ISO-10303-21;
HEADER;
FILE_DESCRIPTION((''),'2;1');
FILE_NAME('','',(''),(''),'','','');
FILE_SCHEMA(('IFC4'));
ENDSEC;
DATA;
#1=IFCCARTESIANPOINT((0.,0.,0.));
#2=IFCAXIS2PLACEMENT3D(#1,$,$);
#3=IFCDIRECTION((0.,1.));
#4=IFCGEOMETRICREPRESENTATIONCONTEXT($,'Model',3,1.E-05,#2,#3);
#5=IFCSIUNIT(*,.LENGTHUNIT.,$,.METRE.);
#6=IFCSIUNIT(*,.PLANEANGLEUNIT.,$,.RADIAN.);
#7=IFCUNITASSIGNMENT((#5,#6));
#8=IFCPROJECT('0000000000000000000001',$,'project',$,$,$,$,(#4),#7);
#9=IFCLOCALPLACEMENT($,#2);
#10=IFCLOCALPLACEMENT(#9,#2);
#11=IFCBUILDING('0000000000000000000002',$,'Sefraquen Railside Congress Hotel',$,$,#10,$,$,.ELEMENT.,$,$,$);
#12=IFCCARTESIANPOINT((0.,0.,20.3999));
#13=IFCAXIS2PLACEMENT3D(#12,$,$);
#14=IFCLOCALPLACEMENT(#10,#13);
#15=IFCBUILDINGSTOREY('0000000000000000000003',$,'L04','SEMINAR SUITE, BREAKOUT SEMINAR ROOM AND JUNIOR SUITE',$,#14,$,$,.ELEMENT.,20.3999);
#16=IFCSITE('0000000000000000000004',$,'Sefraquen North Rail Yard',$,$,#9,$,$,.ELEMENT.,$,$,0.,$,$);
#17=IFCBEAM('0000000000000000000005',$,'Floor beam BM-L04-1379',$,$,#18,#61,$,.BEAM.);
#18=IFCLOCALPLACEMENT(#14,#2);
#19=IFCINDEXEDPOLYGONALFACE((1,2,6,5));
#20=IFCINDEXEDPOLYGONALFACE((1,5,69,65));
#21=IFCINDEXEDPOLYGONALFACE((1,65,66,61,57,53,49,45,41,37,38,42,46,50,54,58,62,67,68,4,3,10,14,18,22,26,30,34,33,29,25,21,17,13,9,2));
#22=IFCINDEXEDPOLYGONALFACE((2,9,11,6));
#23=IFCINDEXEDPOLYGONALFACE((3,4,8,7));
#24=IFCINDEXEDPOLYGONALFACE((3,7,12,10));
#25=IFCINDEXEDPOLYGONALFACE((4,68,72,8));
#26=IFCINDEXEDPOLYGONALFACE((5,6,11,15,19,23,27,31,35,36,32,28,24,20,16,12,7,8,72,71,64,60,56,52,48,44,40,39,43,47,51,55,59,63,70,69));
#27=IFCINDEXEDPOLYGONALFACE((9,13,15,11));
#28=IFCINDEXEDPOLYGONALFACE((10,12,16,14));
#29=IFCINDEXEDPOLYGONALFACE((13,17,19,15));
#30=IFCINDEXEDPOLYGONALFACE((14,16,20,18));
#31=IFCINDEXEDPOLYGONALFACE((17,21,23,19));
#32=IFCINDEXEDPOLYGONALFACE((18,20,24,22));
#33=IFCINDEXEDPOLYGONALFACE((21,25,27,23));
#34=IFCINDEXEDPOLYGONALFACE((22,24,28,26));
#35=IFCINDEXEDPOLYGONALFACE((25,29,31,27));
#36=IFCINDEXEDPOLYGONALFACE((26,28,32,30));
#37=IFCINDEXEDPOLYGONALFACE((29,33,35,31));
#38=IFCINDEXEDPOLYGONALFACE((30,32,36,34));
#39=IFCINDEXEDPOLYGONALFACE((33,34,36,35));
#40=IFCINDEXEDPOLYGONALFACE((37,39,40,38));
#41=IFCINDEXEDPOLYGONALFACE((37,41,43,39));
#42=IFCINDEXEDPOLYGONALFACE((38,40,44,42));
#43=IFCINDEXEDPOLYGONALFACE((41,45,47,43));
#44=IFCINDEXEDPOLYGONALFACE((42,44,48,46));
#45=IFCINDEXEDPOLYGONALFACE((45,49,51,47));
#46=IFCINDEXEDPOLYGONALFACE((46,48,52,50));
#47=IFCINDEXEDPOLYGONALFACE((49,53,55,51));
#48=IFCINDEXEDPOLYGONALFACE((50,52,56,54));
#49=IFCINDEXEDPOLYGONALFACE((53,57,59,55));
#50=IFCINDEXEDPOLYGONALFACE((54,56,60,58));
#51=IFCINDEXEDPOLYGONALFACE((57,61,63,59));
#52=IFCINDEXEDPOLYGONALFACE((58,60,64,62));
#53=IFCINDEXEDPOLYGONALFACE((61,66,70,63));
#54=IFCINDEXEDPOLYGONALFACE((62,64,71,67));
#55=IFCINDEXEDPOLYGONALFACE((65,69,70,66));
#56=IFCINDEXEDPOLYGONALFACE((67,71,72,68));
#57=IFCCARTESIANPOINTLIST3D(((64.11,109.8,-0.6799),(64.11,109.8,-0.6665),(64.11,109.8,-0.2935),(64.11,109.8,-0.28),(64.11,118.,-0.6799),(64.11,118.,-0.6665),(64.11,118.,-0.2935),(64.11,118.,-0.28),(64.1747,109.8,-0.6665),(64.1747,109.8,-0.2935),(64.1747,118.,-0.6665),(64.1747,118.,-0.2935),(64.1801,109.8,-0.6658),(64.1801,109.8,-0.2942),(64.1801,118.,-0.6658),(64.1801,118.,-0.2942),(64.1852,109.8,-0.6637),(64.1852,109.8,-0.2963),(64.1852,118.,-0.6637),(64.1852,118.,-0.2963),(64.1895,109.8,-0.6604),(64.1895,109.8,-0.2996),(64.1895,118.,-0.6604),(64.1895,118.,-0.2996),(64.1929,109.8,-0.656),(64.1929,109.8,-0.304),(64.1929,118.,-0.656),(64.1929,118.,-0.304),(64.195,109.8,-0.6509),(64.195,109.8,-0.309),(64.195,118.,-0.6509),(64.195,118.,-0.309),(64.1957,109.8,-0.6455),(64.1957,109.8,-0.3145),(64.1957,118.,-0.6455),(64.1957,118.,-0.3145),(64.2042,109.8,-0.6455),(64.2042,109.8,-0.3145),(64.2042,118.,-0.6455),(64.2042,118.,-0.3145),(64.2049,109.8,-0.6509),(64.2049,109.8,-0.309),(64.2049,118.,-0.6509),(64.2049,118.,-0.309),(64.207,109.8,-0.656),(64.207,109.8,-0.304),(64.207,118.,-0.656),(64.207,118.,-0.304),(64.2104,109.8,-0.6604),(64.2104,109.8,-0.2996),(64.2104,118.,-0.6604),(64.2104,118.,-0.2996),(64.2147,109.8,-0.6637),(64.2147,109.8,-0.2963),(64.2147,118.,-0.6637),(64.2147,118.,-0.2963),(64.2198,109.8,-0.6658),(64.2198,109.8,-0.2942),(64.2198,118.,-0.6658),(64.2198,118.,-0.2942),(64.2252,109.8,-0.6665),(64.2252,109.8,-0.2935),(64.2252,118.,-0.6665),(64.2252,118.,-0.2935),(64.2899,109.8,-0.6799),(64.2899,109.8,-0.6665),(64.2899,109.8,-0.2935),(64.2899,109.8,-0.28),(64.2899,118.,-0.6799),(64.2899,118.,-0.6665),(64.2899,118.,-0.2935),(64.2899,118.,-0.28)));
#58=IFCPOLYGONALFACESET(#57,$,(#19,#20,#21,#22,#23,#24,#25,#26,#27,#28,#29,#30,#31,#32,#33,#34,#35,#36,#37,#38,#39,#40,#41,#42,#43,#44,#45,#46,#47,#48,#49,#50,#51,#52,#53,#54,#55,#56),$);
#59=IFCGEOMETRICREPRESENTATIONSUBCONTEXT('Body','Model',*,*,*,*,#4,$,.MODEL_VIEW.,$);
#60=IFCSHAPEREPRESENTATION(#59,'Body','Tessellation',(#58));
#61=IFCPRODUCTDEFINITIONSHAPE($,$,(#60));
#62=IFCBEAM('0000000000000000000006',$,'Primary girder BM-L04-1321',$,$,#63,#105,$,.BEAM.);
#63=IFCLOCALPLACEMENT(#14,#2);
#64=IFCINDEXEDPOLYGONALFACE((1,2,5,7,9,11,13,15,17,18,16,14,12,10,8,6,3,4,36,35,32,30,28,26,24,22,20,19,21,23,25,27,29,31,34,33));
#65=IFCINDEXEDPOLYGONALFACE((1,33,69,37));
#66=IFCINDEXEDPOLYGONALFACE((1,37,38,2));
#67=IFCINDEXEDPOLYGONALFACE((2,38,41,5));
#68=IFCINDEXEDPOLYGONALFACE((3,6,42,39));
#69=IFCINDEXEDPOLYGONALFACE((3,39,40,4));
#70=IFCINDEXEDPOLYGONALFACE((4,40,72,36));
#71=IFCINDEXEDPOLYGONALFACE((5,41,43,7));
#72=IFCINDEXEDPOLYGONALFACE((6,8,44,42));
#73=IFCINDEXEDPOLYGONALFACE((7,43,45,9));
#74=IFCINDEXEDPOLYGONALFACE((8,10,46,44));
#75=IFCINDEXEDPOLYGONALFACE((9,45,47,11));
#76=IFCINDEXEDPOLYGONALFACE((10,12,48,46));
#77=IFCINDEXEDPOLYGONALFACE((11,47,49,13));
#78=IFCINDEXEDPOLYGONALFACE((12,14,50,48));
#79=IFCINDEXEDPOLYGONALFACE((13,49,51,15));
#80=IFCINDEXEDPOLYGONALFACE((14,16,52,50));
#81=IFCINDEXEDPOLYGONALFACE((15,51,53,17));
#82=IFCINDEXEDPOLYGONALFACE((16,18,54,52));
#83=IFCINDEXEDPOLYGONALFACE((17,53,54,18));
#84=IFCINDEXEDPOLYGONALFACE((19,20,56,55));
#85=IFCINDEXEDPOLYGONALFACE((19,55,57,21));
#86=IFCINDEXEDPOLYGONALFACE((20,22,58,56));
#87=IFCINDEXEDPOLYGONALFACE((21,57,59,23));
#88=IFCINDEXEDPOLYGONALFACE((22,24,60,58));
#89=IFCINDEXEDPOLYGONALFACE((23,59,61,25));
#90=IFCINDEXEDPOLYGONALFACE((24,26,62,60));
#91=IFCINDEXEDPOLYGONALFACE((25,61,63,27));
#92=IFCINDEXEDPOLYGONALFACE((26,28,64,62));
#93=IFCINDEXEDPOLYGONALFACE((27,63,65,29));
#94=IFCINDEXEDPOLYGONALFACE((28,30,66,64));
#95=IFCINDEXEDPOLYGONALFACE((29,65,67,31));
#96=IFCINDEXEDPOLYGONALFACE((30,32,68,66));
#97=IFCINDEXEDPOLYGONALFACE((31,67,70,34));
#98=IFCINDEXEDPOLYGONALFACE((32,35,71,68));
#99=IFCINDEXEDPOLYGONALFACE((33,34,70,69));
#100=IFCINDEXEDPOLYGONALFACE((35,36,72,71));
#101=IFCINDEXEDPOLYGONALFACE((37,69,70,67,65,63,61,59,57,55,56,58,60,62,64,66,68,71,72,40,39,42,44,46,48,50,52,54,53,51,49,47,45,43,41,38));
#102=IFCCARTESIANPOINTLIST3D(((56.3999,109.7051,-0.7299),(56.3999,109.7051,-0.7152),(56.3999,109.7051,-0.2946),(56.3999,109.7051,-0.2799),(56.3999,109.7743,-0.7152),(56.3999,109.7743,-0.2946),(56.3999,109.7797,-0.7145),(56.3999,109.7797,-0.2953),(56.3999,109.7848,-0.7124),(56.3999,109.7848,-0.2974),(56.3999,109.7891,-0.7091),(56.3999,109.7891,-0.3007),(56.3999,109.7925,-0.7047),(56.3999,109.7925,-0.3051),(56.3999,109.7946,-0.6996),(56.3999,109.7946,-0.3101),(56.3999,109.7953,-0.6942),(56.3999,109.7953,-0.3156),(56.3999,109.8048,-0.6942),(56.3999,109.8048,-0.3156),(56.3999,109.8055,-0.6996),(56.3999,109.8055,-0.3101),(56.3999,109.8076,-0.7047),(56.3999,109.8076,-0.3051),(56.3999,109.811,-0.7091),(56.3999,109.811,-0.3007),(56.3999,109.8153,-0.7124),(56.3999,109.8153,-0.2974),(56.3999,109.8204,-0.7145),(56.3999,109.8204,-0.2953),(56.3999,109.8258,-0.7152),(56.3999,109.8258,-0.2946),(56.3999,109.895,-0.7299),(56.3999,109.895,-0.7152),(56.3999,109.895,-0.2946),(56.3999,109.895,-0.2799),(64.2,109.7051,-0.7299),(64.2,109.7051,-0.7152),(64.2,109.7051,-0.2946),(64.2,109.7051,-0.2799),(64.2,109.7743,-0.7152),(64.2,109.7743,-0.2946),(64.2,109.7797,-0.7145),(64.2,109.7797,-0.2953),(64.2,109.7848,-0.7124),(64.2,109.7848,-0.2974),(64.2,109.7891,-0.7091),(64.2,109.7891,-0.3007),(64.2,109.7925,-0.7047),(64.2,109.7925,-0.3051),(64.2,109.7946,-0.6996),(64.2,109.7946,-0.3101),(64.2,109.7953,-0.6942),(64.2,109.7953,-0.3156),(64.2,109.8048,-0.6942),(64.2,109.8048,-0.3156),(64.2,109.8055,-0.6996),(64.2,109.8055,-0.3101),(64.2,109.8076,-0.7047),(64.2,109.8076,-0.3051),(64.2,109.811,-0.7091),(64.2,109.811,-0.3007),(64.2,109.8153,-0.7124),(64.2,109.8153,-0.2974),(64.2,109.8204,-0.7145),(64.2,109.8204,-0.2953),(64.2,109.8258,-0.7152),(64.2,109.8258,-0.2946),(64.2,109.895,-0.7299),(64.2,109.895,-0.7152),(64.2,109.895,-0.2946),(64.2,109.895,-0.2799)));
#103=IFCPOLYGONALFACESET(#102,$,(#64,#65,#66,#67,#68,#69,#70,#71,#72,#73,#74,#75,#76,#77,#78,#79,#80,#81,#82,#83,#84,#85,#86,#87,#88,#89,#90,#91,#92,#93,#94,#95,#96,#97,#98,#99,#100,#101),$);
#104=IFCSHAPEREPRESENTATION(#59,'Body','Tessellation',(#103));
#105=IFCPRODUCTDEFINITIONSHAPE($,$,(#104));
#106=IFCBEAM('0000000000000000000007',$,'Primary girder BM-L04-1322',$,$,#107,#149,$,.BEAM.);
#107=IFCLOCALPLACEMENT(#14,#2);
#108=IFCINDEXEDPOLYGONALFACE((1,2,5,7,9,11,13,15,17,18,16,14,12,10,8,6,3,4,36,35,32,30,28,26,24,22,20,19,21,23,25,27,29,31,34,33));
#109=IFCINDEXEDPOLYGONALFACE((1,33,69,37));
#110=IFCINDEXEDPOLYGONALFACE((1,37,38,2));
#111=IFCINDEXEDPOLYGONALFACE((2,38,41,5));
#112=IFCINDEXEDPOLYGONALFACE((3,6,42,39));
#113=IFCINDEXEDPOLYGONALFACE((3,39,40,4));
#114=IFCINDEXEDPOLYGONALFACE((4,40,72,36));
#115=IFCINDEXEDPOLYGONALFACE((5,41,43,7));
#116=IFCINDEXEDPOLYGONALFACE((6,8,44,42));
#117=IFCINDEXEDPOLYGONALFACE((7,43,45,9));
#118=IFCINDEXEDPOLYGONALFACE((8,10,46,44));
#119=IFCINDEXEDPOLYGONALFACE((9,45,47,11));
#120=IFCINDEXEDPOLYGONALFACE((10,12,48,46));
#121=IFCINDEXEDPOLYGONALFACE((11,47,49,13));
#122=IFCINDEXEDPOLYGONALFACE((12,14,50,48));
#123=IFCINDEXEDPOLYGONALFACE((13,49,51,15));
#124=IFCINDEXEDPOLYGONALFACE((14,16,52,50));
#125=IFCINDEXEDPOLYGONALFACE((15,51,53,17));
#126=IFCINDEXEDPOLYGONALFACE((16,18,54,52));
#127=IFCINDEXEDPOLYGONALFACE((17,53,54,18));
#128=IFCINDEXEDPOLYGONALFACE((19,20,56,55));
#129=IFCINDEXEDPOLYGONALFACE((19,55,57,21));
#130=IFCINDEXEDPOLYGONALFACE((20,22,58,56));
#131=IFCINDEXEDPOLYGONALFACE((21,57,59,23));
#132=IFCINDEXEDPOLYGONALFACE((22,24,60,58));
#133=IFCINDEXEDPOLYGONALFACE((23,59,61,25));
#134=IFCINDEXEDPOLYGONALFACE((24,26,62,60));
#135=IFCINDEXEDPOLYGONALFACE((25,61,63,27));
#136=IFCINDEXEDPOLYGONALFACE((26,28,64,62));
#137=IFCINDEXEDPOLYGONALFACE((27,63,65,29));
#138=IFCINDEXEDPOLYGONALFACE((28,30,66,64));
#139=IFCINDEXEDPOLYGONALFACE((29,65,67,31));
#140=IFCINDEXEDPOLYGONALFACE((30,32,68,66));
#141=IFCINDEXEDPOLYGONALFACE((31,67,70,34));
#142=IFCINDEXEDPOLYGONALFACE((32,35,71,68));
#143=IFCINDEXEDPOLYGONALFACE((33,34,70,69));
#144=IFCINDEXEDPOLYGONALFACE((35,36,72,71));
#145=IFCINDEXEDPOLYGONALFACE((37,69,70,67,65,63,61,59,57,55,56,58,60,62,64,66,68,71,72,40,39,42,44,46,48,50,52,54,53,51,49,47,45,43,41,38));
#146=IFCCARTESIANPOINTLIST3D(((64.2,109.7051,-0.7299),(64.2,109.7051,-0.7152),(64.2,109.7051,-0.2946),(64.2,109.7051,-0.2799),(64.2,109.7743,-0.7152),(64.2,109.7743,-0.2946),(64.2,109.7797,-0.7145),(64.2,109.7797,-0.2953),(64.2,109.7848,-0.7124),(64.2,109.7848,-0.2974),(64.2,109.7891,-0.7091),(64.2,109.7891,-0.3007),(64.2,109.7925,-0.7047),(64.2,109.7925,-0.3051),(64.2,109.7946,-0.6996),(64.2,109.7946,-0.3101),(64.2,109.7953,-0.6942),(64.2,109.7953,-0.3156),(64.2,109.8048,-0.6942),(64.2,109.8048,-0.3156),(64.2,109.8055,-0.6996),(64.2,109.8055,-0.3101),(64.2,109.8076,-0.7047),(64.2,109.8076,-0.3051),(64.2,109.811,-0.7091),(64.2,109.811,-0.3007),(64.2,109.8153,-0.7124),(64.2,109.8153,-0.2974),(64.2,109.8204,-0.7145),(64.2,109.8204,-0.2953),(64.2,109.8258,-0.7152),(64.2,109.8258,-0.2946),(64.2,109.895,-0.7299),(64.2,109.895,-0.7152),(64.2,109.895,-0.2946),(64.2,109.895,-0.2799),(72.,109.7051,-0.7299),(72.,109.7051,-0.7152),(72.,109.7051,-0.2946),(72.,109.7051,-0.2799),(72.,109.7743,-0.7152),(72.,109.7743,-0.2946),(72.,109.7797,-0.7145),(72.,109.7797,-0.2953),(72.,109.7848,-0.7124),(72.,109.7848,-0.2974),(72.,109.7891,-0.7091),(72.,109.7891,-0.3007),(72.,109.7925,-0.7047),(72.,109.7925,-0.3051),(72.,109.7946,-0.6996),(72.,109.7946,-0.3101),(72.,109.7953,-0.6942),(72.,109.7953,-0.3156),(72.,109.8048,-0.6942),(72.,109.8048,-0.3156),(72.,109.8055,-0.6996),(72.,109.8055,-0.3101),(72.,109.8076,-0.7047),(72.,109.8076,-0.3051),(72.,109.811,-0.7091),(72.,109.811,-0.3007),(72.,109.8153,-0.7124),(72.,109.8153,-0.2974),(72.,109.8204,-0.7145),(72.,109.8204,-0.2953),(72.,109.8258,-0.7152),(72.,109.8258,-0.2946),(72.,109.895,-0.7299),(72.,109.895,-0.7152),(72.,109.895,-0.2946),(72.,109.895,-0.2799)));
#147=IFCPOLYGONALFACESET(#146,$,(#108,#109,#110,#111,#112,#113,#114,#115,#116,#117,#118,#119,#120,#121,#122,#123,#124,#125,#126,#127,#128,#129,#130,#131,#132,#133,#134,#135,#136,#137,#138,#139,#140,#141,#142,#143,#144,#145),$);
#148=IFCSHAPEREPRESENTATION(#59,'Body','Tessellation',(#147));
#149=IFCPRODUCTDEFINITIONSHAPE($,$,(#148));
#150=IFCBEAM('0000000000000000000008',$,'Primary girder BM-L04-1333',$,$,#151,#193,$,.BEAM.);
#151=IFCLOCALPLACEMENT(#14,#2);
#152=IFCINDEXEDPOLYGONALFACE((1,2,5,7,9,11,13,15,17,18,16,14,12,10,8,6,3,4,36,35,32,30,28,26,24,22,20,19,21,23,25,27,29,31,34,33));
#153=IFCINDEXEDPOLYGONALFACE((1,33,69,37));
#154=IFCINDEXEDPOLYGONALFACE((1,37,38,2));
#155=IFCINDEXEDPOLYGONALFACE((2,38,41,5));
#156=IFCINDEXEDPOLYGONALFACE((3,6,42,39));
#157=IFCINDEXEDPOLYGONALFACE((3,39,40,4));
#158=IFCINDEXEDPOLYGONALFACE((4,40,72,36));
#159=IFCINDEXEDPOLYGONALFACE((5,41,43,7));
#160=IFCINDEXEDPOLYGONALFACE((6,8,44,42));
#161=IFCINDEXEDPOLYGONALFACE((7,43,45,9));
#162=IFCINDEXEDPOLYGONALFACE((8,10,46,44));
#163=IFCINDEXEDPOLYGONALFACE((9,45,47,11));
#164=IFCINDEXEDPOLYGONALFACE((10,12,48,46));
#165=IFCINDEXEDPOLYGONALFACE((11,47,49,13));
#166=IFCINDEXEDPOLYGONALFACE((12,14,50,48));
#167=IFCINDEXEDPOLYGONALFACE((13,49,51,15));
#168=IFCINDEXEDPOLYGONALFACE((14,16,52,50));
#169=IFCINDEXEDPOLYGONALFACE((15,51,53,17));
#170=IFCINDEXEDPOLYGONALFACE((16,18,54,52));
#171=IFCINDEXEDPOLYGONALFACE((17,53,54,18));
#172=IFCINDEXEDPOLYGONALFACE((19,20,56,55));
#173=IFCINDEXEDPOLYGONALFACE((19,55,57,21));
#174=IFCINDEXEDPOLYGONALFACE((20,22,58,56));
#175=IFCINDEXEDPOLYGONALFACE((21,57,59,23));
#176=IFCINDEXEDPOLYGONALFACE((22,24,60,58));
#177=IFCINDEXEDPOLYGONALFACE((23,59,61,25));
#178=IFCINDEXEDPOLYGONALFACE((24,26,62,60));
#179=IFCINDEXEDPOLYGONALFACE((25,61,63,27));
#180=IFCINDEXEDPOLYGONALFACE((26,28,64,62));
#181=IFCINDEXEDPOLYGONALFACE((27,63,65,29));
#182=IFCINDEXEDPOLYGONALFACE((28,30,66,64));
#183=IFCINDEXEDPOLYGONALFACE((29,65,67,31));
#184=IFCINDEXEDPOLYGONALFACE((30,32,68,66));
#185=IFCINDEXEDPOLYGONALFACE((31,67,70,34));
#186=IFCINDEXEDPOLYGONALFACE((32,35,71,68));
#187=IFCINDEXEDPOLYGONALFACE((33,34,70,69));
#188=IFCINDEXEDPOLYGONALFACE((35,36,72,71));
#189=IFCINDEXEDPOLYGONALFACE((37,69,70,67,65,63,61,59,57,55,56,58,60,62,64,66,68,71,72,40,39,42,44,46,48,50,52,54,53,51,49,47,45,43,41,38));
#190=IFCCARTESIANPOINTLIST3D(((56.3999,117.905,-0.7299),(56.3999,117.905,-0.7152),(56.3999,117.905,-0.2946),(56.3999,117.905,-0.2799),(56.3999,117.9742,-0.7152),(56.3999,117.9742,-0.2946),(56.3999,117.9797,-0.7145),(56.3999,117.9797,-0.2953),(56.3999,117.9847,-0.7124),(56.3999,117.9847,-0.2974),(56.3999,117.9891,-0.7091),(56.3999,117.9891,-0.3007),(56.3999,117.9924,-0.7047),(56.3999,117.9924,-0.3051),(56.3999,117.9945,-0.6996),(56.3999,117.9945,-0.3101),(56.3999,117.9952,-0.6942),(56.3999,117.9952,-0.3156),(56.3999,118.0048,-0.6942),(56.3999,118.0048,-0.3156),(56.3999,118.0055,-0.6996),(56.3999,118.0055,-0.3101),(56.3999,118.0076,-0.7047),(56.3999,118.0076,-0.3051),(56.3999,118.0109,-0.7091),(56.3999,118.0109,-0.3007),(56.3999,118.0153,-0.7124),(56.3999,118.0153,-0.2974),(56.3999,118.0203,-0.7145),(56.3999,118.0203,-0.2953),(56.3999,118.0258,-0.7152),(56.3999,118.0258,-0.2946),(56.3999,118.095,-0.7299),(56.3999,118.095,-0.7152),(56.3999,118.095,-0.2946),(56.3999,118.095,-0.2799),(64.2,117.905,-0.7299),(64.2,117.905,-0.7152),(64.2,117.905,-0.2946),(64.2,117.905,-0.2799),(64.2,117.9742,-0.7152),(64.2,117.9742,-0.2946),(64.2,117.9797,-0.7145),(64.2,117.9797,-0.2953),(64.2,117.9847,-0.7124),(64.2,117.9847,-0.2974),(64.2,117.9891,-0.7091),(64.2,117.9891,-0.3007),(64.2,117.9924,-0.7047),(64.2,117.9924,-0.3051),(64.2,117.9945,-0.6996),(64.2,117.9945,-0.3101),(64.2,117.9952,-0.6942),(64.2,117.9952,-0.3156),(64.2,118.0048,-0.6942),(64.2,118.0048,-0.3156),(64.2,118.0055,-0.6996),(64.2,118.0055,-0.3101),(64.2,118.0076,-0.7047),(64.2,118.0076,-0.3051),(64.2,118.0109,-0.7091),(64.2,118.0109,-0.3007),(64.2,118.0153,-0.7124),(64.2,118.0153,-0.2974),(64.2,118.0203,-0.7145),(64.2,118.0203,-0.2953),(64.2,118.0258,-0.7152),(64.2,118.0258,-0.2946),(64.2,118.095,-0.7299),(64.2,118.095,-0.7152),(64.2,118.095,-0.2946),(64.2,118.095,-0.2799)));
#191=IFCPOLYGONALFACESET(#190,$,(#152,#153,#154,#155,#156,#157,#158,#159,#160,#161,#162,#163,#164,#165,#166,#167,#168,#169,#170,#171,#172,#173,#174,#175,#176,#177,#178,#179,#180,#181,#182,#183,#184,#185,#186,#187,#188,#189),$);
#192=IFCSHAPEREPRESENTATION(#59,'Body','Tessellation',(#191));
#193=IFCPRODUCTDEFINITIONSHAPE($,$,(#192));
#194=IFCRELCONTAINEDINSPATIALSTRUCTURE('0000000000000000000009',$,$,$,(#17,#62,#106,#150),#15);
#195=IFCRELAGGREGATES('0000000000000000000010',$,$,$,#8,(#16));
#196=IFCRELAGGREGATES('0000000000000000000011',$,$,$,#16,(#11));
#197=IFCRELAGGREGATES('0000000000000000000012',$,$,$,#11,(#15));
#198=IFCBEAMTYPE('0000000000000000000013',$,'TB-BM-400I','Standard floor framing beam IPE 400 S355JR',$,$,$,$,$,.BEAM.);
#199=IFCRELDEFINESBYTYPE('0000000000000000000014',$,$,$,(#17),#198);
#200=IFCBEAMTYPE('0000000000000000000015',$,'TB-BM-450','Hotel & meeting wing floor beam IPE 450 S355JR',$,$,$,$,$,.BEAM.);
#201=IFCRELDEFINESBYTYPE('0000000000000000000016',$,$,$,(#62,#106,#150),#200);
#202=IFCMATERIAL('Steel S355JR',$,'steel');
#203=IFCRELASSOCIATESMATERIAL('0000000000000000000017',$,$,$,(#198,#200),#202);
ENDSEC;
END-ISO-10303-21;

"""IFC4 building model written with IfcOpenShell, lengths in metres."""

from ifc_helpers import new_model, si_unit, direction, frame, origin, origin_2d, place, context, subcontext, project, spatial, i_section, extrude, material, material_profile, profile_set, type_object, element, save


model = new_model("IFC4")

# Units and contexts
model_context = context("Model", 3, precision=1e-05, world=origin(), true_north=direction((0.0, 1.0)))
body_context = subcontext(model_context, "Body", "Model", "MODEL_VIEW")
ifc_project = project(units=[si_unit("LENGTHUNIT", "METRE"), si_unit("PLANEANGLEUNIT", "RADIAN")], contexts=[model_context])

# Site, building, storey
site_placement = place(None, origin())
site = spatial("IfcSite", under=ifc_project, at=site_placement, Name="Sefraquen North Rail Yard", CompositionType="ELEMENT", RefElevation=0.0)
building_placement = place(site_placement, origin())
building = spatial("IfcBuilding", under=site, at=building_placement, Name="Sefraquen Railside Congress Hotel", CompositionType="ELEMENT")
storey_placement = place(building_placement, frame((0.0, 0.0, 20.3999)))
storey = spatial("IfcBuildingStorey", under=building, at=storey_placement, Name="L04", Description="SEMINAR SUITE, BREAKOUT SEMINAR ROOM AND JUNIOR SUITE", CompositionType="ELEMENT", Elevation=20.3999)

# Shared definitions
ifc_material_1 = material(Name="Steel S355JR", Category="steel")

# Beams
ifc_material_profile_1 = material_profile(ifc_material_1, i_section(OverallWidth=0.1799, OverallDepth=0.3999, WebThickness=0.0085, FlangeThickness=0.0134, FilletRadius=0.021, at=origin_2d()), Name="IPE 400")
ifc_profile_set_1 = profile_set([ifc_material_profile_1], Name="Steel S355JR")
beam_type_1 = type_object("IfcBeamType", Name="TB-BM-400I", Description="Standard floor framing beam IPE 400 S355JR", PredefinedType="BEAM", material=ifc_profile_set_1)
beam_1_placement = place(storey_placement, frame((64.2, 109.8, -0.48), z_axis=(0.0, 1.0, 0.0), x_axis=(-1.0, 0.0, 0.0)))
element("IfcBeam", 1, at=beam_1_placement, inside=storey, type_object=beam_type_1, Name="Floor beam BM-L04-1379", PredefinedType="BEAM", context=body_context, shape_type="SweptSolid", body=[
    extrude(i_section(OverallWidth=0.1799, OverallDepth=0.3999, WebThickness=0.0085, FlangeThickness=0.0134, FilletRadius=0.021, at=origin_2d()), origin(), (0.0, 0.0, 1.0), 8.2),
])
ifc_material_profile_2 = material_profile(ifc_material_1, i_section(OverallWidth=0.1899, OverallDepth=0.45, WebThickness=0.0095, FlangeThickness=0.0146, FilletRadius=0.021, at=origin_2d()), Name="IPE 450")
ifc_profile_set_2 = profile_set([ifc_material_profile_2], Name="Steel S355JR")
beam_type_2 = type_object("IfcBeamType", Name="TB-BM-450", Description="Hotel & meeting wing floor beam IPE 450 S355JR", PredefinedType="BEAM", material=ifc_profile_set_2)
for number, where, z_axis, x_axis, name in (
    (2, (56.3999, 109.8, -0.5049), (1.0, 0.0, 0.0), (0.0, 1.0, 0.0), "Primary girder BM-L04-1321"),
    (3, (64.2, 109.8, -0.5049), (1.0, 0.0, 0.0), (0.0, 1.0, 0.0), "Primary girder BM-L04-1322"),
    (4, (56.3999, 118.0, -0.5049), (1.0, 0.0, 0.0), (0.0, 1.0, 0.0), "Primary girder BM-L04-1333"),
):
    element("IfcBeam", number, at=place(storey_placement, frame(where, z_axis=z_axis, x_axis=x_axis)), inside=storey, type_object=beam_type_2, Name=name, PredefinedType="BEAM", context=body_context, shape_type="SweptSolid", body=[
        extrude(i_section(OverallWidth=0.1899, OverallDepth=0.45, WebThickness=0.0095, FlangeThickness=0.0146, FilletRadius=0.021, at=origin_2d()), origin(), (0.0, 0.0, 1.0), 7.8),
    ])

save(model, "model.ifc")
